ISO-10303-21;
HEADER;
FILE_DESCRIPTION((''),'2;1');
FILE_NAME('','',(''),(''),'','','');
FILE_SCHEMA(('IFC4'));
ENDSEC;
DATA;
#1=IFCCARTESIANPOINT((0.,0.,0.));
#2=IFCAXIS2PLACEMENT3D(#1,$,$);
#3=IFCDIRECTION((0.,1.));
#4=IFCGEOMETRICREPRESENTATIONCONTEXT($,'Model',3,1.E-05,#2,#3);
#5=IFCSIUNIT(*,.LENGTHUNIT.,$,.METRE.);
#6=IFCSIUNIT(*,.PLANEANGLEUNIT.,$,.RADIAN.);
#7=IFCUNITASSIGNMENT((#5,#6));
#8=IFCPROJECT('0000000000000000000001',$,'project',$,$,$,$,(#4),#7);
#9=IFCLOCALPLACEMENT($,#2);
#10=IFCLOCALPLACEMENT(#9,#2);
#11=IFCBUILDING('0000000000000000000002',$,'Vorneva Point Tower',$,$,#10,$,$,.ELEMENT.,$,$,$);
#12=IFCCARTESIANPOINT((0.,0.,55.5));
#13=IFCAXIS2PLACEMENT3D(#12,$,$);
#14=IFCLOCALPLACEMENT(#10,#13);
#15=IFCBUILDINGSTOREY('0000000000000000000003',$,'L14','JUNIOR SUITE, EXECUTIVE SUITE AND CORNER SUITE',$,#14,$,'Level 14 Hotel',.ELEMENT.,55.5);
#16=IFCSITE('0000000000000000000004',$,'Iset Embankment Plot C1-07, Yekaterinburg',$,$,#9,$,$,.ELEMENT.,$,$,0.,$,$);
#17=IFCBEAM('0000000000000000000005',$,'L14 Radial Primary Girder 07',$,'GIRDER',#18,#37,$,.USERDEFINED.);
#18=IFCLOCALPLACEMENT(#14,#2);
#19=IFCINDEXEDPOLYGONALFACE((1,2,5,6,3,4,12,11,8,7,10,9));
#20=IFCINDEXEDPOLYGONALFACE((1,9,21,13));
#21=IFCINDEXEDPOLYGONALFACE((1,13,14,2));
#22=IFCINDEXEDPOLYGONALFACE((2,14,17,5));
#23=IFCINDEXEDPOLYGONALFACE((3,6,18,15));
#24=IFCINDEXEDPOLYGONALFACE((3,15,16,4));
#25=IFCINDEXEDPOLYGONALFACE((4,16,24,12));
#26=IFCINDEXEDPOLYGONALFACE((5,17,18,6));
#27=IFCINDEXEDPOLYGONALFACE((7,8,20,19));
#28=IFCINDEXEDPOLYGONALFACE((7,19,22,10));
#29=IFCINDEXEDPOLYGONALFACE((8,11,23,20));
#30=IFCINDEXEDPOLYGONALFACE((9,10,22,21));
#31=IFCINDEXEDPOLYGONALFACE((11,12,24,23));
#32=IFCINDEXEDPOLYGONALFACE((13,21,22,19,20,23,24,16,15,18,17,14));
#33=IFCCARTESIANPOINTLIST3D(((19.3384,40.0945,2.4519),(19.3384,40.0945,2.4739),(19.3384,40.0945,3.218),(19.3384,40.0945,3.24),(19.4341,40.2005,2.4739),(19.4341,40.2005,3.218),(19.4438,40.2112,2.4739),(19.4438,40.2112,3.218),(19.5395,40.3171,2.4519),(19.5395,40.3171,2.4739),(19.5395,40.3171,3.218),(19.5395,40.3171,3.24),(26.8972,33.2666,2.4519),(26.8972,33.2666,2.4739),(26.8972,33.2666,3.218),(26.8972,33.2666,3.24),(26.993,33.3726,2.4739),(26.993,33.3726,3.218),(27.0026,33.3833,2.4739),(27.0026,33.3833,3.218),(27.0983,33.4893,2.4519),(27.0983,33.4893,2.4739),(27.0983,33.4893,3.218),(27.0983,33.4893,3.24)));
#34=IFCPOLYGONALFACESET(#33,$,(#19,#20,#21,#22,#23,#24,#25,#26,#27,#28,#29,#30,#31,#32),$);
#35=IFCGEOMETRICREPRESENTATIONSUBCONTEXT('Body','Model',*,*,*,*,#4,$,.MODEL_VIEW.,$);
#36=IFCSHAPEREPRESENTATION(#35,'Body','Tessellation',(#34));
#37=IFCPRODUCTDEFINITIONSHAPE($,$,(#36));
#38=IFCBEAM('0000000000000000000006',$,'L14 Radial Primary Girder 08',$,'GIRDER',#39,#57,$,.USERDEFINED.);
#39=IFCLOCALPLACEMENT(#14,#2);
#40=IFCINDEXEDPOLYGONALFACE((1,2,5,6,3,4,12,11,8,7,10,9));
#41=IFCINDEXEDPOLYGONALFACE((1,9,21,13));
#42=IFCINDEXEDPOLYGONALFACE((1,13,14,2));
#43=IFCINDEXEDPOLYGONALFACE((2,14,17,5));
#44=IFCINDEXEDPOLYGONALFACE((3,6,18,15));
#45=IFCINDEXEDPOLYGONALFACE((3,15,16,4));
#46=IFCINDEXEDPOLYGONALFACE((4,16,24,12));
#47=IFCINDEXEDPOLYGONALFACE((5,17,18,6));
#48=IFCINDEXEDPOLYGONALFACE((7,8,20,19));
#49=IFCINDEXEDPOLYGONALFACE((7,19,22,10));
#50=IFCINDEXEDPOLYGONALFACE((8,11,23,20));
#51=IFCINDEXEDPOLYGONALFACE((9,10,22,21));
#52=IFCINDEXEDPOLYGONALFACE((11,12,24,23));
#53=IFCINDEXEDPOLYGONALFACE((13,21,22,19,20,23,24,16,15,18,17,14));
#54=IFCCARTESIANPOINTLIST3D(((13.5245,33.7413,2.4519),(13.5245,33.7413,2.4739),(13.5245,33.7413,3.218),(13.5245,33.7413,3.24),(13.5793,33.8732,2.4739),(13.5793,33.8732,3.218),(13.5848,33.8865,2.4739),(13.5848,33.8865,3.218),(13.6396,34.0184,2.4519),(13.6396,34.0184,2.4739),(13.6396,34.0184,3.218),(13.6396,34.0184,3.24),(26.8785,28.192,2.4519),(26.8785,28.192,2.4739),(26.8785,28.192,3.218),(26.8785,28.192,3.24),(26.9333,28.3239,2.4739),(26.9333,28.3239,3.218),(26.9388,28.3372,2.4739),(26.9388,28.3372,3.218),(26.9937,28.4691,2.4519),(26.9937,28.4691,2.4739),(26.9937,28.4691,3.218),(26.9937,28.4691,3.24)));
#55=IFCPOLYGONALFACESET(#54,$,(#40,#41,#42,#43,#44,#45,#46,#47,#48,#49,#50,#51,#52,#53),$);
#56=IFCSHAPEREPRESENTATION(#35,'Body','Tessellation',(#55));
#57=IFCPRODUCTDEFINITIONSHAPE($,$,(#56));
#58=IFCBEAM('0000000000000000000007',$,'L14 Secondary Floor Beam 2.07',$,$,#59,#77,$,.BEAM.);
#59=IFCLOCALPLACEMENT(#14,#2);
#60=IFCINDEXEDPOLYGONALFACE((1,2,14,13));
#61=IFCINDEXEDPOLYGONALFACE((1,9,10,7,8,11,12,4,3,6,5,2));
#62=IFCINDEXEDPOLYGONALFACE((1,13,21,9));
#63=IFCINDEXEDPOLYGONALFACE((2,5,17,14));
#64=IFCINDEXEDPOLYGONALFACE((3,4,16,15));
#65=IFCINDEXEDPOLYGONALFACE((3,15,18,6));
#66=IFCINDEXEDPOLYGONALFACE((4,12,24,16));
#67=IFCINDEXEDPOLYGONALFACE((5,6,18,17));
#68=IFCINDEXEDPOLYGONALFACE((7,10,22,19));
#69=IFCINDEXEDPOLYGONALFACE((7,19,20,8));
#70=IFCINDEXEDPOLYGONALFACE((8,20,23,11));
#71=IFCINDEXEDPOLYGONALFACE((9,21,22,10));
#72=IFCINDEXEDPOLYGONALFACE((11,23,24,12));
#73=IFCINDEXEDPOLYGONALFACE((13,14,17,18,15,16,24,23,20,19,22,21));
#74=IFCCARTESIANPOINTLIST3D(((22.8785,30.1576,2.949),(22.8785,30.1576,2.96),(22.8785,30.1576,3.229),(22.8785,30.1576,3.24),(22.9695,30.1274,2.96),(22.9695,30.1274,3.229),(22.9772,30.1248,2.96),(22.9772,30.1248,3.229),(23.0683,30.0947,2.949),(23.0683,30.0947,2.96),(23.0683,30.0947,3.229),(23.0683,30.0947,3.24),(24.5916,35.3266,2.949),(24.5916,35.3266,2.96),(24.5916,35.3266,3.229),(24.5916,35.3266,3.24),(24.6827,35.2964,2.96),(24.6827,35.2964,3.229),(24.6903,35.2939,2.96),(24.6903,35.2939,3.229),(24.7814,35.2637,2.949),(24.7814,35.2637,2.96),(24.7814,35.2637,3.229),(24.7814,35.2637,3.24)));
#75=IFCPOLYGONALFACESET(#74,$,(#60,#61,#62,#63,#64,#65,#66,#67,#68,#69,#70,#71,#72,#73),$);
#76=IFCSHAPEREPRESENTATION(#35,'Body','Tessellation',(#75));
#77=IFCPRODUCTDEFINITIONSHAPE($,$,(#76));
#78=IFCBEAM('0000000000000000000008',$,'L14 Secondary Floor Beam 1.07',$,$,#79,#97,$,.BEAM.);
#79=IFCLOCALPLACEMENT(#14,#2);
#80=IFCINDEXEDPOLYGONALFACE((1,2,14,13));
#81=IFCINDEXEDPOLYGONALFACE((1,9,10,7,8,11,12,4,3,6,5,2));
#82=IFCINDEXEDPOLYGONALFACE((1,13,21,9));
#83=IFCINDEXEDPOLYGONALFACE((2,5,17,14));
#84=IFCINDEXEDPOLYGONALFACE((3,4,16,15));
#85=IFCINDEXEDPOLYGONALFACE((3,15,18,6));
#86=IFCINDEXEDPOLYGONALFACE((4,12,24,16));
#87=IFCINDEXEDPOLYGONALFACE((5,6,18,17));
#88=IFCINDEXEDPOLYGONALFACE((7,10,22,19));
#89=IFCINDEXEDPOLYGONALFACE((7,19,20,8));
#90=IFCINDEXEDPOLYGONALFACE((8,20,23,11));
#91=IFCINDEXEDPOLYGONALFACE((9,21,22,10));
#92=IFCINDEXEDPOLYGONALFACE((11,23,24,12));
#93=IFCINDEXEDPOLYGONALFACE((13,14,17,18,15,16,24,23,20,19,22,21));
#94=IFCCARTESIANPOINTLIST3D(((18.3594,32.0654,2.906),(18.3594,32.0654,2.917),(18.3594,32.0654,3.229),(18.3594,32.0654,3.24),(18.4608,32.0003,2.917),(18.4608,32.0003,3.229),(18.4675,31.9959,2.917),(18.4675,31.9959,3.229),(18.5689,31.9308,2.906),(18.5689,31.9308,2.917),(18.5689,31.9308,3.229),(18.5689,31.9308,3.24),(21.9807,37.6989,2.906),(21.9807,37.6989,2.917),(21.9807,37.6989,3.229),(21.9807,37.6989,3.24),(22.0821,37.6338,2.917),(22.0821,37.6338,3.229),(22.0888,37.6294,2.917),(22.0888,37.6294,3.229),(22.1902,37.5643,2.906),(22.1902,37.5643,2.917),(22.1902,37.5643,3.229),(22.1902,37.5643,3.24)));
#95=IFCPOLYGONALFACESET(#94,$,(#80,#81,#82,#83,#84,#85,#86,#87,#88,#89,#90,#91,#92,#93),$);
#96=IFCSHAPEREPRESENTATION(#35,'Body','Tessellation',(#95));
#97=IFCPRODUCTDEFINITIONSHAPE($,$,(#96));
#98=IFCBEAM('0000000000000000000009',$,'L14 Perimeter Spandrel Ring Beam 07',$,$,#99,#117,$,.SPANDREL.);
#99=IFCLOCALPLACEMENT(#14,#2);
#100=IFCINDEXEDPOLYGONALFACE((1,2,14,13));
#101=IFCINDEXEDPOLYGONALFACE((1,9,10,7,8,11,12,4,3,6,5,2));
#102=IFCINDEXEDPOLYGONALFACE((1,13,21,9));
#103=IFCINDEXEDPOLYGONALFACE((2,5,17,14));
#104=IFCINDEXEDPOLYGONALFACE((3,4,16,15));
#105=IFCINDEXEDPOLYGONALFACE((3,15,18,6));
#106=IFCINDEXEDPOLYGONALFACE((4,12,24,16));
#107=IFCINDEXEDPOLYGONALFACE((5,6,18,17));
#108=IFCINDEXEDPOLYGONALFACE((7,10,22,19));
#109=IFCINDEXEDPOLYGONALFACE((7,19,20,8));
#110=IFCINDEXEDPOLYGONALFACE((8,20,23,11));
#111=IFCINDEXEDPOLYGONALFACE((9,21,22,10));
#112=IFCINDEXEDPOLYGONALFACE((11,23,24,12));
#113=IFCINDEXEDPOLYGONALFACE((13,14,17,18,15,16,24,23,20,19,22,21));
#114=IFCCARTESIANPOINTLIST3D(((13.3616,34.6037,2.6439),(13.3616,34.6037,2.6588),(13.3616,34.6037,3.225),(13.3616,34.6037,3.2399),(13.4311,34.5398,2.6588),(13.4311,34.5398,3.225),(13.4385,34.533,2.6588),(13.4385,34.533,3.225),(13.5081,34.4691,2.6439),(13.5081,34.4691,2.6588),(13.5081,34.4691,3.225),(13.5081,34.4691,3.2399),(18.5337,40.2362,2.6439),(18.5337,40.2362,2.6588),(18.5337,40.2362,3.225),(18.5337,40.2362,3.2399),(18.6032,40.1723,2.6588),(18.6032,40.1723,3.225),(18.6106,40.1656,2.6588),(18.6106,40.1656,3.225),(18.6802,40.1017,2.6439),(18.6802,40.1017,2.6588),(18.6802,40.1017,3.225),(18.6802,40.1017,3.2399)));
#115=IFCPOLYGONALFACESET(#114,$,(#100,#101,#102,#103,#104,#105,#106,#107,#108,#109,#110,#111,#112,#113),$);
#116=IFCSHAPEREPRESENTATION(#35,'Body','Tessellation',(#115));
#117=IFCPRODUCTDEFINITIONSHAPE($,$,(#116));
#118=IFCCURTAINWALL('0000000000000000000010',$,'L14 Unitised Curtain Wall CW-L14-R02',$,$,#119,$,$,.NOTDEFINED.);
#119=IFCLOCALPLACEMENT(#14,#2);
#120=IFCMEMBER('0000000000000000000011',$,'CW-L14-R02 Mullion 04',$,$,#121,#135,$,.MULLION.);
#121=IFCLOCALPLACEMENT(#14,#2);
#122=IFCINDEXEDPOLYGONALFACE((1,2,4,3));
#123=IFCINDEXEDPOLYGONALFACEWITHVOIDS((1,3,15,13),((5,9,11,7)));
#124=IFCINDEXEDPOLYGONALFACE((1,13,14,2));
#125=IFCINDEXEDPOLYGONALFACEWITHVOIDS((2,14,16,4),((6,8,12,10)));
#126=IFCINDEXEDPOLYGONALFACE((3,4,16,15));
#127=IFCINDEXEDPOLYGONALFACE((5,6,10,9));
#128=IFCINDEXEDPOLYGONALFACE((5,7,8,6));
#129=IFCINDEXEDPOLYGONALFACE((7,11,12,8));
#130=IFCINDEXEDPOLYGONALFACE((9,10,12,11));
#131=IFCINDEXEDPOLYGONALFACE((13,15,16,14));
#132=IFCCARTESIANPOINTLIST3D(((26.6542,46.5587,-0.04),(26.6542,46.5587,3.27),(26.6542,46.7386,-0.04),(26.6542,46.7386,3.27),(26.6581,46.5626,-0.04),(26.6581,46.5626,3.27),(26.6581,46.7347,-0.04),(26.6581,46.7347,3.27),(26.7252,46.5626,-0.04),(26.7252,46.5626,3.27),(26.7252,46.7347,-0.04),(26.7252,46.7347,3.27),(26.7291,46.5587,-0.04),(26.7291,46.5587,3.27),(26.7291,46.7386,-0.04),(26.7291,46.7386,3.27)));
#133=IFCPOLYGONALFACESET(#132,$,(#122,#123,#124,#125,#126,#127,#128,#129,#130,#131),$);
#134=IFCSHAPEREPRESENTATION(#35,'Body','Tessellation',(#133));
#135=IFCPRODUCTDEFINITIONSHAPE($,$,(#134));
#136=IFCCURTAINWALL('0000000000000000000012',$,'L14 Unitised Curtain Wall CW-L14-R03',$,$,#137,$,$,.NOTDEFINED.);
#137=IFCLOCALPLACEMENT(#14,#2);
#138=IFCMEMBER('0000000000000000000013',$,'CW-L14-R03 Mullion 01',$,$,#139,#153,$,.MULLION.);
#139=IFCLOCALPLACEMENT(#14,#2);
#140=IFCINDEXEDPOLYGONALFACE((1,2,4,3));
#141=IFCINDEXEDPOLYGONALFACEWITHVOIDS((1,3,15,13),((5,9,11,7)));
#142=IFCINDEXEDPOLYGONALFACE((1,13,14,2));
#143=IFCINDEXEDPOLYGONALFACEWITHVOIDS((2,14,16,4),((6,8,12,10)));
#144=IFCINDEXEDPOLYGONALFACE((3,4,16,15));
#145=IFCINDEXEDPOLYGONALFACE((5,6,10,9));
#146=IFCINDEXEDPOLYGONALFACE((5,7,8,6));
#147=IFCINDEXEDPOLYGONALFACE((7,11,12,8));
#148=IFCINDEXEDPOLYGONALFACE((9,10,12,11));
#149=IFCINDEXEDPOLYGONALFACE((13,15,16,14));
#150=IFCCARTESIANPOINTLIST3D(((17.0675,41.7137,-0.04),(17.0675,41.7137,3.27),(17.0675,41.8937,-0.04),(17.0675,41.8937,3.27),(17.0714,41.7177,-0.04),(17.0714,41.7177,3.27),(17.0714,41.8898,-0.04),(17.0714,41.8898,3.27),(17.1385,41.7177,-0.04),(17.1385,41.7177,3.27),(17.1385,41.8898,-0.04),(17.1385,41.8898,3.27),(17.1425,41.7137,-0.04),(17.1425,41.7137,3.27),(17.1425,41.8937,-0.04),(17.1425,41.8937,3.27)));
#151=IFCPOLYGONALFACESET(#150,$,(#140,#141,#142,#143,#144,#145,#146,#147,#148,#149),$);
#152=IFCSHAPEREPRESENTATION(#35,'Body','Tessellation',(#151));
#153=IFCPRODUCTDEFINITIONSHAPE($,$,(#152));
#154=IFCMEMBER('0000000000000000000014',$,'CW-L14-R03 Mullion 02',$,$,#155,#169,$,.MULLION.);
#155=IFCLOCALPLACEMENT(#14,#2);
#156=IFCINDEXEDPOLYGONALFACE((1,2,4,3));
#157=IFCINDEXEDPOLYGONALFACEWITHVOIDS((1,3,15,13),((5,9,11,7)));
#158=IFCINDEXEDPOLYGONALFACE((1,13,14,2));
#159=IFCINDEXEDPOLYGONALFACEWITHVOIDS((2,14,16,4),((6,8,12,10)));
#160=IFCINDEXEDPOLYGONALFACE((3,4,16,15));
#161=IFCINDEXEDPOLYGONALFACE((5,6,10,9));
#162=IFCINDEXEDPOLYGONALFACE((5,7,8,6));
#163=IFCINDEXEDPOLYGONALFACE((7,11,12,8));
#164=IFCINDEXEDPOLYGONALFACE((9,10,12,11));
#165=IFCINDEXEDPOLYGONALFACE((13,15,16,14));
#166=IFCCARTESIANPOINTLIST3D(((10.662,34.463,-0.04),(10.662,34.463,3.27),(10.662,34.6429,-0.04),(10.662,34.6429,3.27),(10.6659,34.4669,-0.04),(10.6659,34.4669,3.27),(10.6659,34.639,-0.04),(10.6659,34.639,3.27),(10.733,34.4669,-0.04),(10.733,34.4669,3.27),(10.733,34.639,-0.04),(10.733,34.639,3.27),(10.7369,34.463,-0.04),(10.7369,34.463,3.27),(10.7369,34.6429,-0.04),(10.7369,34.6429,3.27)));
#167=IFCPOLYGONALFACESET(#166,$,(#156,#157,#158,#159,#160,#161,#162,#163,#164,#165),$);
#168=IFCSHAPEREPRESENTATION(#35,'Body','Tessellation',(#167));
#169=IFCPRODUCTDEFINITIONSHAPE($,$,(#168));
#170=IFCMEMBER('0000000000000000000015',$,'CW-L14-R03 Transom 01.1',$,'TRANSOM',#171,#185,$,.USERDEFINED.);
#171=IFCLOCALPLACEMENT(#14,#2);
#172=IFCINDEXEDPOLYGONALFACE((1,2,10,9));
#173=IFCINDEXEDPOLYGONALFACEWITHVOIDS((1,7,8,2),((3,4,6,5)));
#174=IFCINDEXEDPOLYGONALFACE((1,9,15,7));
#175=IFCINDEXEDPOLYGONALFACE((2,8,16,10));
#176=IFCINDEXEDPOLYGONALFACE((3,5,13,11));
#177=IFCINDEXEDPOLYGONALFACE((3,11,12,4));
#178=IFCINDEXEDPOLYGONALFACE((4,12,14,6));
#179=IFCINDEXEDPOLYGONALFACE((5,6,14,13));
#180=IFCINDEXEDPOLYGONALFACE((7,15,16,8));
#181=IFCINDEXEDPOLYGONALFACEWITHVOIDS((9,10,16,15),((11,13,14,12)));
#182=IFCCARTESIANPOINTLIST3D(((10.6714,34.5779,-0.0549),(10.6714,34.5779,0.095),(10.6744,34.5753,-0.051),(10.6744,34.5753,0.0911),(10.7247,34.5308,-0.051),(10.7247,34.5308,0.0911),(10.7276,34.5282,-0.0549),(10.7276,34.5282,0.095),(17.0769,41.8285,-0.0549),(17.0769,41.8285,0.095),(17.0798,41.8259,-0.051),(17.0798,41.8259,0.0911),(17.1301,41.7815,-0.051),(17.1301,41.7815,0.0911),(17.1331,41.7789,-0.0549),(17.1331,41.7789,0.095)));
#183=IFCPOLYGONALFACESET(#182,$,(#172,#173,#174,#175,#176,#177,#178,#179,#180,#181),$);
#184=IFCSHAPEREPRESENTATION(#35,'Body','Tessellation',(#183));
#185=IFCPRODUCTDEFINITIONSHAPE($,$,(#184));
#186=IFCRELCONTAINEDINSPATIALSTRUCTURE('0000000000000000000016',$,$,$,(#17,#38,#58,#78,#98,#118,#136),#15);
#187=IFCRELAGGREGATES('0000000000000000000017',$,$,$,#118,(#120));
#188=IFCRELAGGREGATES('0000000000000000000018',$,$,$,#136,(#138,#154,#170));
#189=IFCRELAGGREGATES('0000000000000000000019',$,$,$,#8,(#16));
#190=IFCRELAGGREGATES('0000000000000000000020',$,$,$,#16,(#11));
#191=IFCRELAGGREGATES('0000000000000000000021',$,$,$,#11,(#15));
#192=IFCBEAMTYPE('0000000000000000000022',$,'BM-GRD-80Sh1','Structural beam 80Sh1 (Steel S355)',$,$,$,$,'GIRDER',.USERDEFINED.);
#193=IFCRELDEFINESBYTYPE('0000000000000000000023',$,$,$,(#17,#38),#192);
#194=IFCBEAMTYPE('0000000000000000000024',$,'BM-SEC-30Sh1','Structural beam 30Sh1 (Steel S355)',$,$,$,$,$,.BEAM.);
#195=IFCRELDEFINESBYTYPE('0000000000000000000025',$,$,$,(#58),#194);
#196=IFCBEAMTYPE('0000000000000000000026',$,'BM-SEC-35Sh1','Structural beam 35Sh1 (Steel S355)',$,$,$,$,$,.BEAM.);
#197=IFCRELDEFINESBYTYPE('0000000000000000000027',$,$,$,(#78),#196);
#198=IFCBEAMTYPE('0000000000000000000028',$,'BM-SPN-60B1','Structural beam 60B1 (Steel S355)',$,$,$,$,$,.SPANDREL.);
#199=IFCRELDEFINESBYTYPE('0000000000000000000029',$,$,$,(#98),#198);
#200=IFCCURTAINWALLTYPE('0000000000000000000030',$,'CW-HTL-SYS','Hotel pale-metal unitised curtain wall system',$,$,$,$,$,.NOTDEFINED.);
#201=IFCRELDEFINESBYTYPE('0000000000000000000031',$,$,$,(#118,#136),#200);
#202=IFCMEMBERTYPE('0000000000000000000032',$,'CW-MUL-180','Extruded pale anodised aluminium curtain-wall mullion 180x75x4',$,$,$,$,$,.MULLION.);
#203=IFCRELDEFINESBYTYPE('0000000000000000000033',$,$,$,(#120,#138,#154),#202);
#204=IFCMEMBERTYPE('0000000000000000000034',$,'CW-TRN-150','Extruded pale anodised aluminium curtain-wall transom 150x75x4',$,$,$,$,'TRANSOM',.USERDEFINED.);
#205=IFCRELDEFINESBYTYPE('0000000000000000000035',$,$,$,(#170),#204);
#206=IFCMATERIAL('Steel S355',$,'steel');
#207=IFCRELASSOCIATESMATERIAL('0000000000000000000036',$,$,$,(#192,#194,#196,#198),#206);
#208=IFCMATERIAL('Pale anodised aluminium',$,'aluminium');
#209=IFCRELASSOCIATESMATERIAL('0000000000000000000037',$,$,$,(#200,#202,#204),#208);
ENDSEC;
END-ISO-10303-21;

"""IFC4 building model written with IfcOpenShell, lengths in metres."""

from ifc_helpers import new_model, si_unit, direction, frame, origin, origin_2d, place, context, subcontext, project, spatial, hollow_rectangle, i_section, extrude, material, material_profile, profile_set, type_object, element, aggregate, save


model = new_model("IFC4")

# Units and contexts
model_context = context("Model", 3, precision=1e-05, world=origin(), true_north=direction((0.0, 1.0)))
body_context = subcontext(model_context, "Body", "Model", "MODEL_VIEW")
ifc_project = project(units=[si_unit("LENGTHUNIT", "METRE"), si_unit("PLANEANGLEUNIT", "RADIAN")], contexts=[model_context])

# Site, building, storey
site_placement = place(None, origin())
site = spatial("IfcSite", under=ifc_project, at=site_placement, Name="Iset Embankment Plot C1-07, Yekaterinburg", CompositionType="ELEMENT", RefElevation=0.0)
building_placement = place(site_placement, origin())
building = spatial("IfcBuilding", under=site, at=building_placement, Name="Vorneva Point Tower", CompositionType="ELEMENT")
storey_placement = place(building_placement, frame((0.0, 0.0, 55.5)))
storey = spatial("IfcBuildingStorey", under=building, at=storey_placement, Name="L14", Description="JUNIOR SUITE, EXECUTIVE SUITE AND CORNER SUITE", LongName="Level 14 Hotel", CompositionType="ELEMENT", Elevation=55.5)

# Beams
ifc_material_1 = material(Name="Steel S355", Category="steel")
ifc_material_profile_1 = material_profile(ifc_material_1, i_section(OverallWidth=0.3, OverallDepth=0.7881, WebThickness=0.0144, FlangeThickness=0.022, at=origin_2d()), Name="80Sh1")
ifc_profile_set_1 = profile_set([ifc_material_profile_1], Name="Steel S355")
beam_type_1 = type_object("IfcBeamType", Name="BM-GRD-80Sh1", Description="Structural beam 80Sh1 (Steel S355)", ElementType="GIRDER", PredefinedType="USERDEFINED", material=ifc_profile_set_1)
beam_1_placement = place(storey_placement, frame((19.439, 40.2058, 2.8459), z_axis=(0.742076, -0.670316, 0.0), x_axis=(0.670316, 0.742076, 0.0)))
element("IfcBeam", 1, at=beam_1_placement, inside=storey, type_object=beam_type_1, Name="L14 Radial Primary Girder 07", ObjectType="GIRDER", PredefinedType="USERDEFINED", context=body_context, shape_type="SweptSolid", body=[
    extrude(i_section(OverallWidth=0.3, OverallDepth=0.7881, WebThickness=0.0144, FlangeThickness=0.022, at=origin_2d()), origin(), (0.0, 0.0, 1.0), 10.186),
])
beam_2_placement = place(storey_placement, frame((13.582, 33.8799, 2.8459), z_axis=(0.923441, -0.38374, 0.0), x_axis=(0.38374, 0.923441, 0.0)))
element("IfcBeam", 2, at=beam_2_placement, inside=storey, type_object=beam_type_1, Name="L14 Radial Primary Girder 08", ObjectType="GIRDER", PredefinedType="USERDEFINED", context=body_context, shape_type="SweptSolid", body=[
    extrude(i_section(OverallWidth=0.3, OverallDepth=0.7881, WebThickness=0.0144, FlangeThickness=0.022, at=origin_2d()), origin(), (0.0, 0.0, 1.0), 14.4612),
])
ifc_material_profile_2 = material_profile(ifc_material_1, i_section(OverallWidth=0.2, OverallDepth=0.291, WebThickness=0.0081, FlangeThickness=0.011, at=origin_2d()), Name="30Sh1")
ifc_profile_set_2 = profile_set([ifc_material_profile_2], Name="Steel S355")
beam_type_2 = type_object("IfcBeamType", Name="BM-SEC-30Sh1", Description="Structural beam 30Sh1 (Steel S355)", PredefinedType="BEAM", material=ifc_profile_set_2)
beam_3_placement = place(storey_placement, frame((24.6865, 35.2952, 3.0945), z_axis=(-0.3146, -0.949224, 0.0), x_axis=(0.949224, -0.3146, 0.0)))
element("IfcBeam", 3, at=beam_3_placement, inside=storey, type_object=beam_type_2, Name="L14 Secondary Floor Beam 2.07", PredefinedType="BEAM", context=body_context, shape_type="SweptSolid", body=[
    extrude(i_section(OverallWidth=0.2, OverallDepth=0.291, WebThickness=0.0081, FlangeThickness=0.011, at=origin_2d()), origin(), (0.0, 0.0, 1.0), 5.4456),
])
ifc_material_profile_3 = material_profile(ifc_material_1, i_section(OverallWidth=0.249, OverallDepth=0.334, WebThickness=0.0081, FlangeThickness=0.011, at=origin_2d()), Name="35Sh1")
ifc_profile_set_3 = profile_set([ifc_material_profile_3], Name="Steel S355")
beam_type_3 = type_object("IfcBeamType", Name="BM-SEC-35Sh1", Description="Structural beam 35Sh1 (Steel S355)", PredefinedType="BEAM", material=ifc_profile_set_3)
beam_4_placement = place(storey_placement, frame((22.0854, 37.6316, 3.073), z_axis=(-0.540734, -0.841194, 0.0), x_axis=(0.841194, -0.540734, 0.0)))
element("IfcBeam", 4, at=beam_4_placement, inside=storey, type_object=beam_type_3, Name="L14 Secondary Floor Beam 1.07", PredefinedType="BEAM", context=body_context, shape_type="SweptSolid", body=[
    extrude(i_section(OverallWidth=0.249, OverallDepth=0.334, WebThickness=0.0081, FlangeThickness=0.011, at=origin_2d()), origin(), (0.0, 0.0, 1.0), 6.697),
])
ifc_material_profile_4 = material_profile(ifc_material_1, i_section(OverallWidth=0.199, OverallDepth=0.5959, WebThickness=0.01, FlangeThickness=0.0149, at=origin_2d()), Name="60B1")
ifc_profile_set_4 = profile_set([ifc_material_profile_4], Name="Steel S355")
beam_type_4 = type_object("IfcBeamType", Name="BM-SPN-60B1", Description="Structural beam 60B1 (Steel S355)", PredefinedType="SPANDREL", material=ifc_profile_set_4)
beam_5_placement = place(storey_placement, frame((18.6069, 40.1689, 2.9419), z_axis=(-0.676359, -0.736572, 0.0), x_axis=(0.736572, -0.676359, 0.0)))
element("IfcBeam", 5, at=beam_5_placement, inside=storey, type_object=beam_type_4, Name="L14 Perimeter Spandrel Ring Beam 07", PredefinedType="SPANDREL", context=body_context, shape_type="SweptSolid", body=[
    extrude(i_section(OverallWidth=0.199, OverallDepth=0.5959, WebThickness=0.01, FlangeThickness=0.0149, at=origin_2d()), origin(), (0.0, 0.0, 1.0), 7.647),
])

# Curtain wall, member
ifc_material_2 = material(Name="Pale anodised aluminium", Category="aluminium")
curtain_wall_type = type_object("IfcCurtainWallType", Name="CW-HTL-SYS", Description="Hotel pale-metal unitised curtain wall system", PredefinedType="NOTDEFINED", material=ifc_material_2)
curtain_wall_1_placement = place(storey_placement, origin())
curtain_wall_1 = element("IfcCurtainWall", 6, at=curtain_wall_1_placement, inside=storey, type_object=curtain_wall_type, Name="L14 Unitised Curtain Wall CW-L14-R02", PredefinedType="NOTDEFINED")
ifc_material_profile_5 = material_profile(ifc_material_2, hollow_rectangle(XDim=0.075, YDim=0.1799, WallThickness=0.0039, at=origin_2d()), Name="AL-MUL 180x75x4")
ifc_profile_set_5 = profile_set([ifc_material_profile_5], Name="Pale anodised aluminium")
member_type_1 = type_object("IfcMemberType", Name="CW-MUL-180", Description="Extruded pale anodised aluminium curtain-wall mullion 180x75x4", PredefinedType="MULLION", material=ifc_profile_set_5)
member_1_placement = place(storey_placement, frame((26.6917, 46.6487, -0.04), z_axis=(0.0, 0.0, 1.0), x_axis=(1.0, 0.0, 0.0)))
member_1 = element("IfcMember", 7, at=member_1_placement, type_object=member_type_1, Name="CW-L14-R02 Mullion 04", PredefinedType="MULLION", context=body_context, shape_type="SweptSolid", body=[
    extrude(hollow_rectangle(XDim=0.075, YDim=0.1799, WallThickness=0.0039, at=origin_2d()), origin(), (0.0, 0.0, 1.0), 3.3101),
])
aggregate(curtain_wall_1, [member_1])

# Curtain wall, members
curtain_wall_2_placement = place(storey_placement, origin())
curtain_wall_2 = element("IfcCurtainWall", 8, at=curtain_wall_2_placement, inside=storey, type_object=curtain_wall_type, Name="L14 Unitised Curtain Wall CW-L14-R03", PredefinedType="NOTDEFINED")
member_2_placement = place(storey_placement, frame((17.105, 41.8037, -0.04), z_axis=(0.0, 0.0, 1.0), x_axis=(1.0, 0.0, 0.0)))
member_2 = element("IfcMember", 9, at=member_2_placement, type_object=member_type_1, Name="CW-L14-R03 Mullion 01", PredefinedType="MULLION", context=body_context, shape_type="SweptSolid", body=[
    extrude(hollow_rectangle(XDim=0.075, YDim=0.1799, WallThickness=0.0039, at=origin_2d()), origin(), (0.0, 0.0, 1.0), 3.3101),
])
member_3_placement = place(storey_placement, frame((10.6995, 34.553, -0.04), z_axis=(0.0, 0.0, 1.0), x_axis=(1.0, 0.0, 0.0)))
member_3 = element("IfcMember", 10, at=member_3_placement, type_object=member_type_1, Name="CW-L14-R03 Mullion 02", PredefinedType="MULLION", context=body_context, shape_type="SweptSolid", body=[
    extrude(hollow_rectangle(XDim=0.075, YDim=0.1799, WallThickness=0.0039, at=origin_2d()), origin(), (0.0, 0.0, 1.0), 3.3101),
])
ifc_material_profile_6 = material_profile(ifc_material_2, hollow_rectangle(XDim=0.075, YDim=0.1499, WallThickness=0.0039, at=origin_2d()), Name="AL-TRN 150x75x4")
ifc_profile_set_6 = profile_set([ifc_material_profile_6], Name="Pale anodised aluminium")
member_type_2 = type_object("IfcMemberType", Name="CW-TRN-150", Description="Extruded pale anodised aluminium curtain-wall transom 150x75x4", ElementType="TRANSOM", PredefinedType="USERDEFINED", material=ifc_profile_set_6)
member_4_placement = place(storey_placement, frame((17.105, 41.8037, 0.02), z_axis=(-0.662076, -0.749437, 0.0), x_axis=(0.749437, -0.662076, 0.0)))
member_4 = element("IfcMember", 11, at=member_4_placement, type_object=member_type_2, Name="CW-L14-R03 Transom 01.1", ObjectType="TRANSOM", PredefinedType="USERDEFINED", context=body_context, shape_type="SweptSolid", body=[
    extrude(hollow_rectangle(XDim=0.075, YDim=0.1499, WallThickness=0.0039, at=origin_2d()), origin(), (0.0, 0.0, 1.0), 9.6748),
])
aggregate(curtain_wall_2, [member_2, member_3, member_4])

save(model, "model.ifc")
